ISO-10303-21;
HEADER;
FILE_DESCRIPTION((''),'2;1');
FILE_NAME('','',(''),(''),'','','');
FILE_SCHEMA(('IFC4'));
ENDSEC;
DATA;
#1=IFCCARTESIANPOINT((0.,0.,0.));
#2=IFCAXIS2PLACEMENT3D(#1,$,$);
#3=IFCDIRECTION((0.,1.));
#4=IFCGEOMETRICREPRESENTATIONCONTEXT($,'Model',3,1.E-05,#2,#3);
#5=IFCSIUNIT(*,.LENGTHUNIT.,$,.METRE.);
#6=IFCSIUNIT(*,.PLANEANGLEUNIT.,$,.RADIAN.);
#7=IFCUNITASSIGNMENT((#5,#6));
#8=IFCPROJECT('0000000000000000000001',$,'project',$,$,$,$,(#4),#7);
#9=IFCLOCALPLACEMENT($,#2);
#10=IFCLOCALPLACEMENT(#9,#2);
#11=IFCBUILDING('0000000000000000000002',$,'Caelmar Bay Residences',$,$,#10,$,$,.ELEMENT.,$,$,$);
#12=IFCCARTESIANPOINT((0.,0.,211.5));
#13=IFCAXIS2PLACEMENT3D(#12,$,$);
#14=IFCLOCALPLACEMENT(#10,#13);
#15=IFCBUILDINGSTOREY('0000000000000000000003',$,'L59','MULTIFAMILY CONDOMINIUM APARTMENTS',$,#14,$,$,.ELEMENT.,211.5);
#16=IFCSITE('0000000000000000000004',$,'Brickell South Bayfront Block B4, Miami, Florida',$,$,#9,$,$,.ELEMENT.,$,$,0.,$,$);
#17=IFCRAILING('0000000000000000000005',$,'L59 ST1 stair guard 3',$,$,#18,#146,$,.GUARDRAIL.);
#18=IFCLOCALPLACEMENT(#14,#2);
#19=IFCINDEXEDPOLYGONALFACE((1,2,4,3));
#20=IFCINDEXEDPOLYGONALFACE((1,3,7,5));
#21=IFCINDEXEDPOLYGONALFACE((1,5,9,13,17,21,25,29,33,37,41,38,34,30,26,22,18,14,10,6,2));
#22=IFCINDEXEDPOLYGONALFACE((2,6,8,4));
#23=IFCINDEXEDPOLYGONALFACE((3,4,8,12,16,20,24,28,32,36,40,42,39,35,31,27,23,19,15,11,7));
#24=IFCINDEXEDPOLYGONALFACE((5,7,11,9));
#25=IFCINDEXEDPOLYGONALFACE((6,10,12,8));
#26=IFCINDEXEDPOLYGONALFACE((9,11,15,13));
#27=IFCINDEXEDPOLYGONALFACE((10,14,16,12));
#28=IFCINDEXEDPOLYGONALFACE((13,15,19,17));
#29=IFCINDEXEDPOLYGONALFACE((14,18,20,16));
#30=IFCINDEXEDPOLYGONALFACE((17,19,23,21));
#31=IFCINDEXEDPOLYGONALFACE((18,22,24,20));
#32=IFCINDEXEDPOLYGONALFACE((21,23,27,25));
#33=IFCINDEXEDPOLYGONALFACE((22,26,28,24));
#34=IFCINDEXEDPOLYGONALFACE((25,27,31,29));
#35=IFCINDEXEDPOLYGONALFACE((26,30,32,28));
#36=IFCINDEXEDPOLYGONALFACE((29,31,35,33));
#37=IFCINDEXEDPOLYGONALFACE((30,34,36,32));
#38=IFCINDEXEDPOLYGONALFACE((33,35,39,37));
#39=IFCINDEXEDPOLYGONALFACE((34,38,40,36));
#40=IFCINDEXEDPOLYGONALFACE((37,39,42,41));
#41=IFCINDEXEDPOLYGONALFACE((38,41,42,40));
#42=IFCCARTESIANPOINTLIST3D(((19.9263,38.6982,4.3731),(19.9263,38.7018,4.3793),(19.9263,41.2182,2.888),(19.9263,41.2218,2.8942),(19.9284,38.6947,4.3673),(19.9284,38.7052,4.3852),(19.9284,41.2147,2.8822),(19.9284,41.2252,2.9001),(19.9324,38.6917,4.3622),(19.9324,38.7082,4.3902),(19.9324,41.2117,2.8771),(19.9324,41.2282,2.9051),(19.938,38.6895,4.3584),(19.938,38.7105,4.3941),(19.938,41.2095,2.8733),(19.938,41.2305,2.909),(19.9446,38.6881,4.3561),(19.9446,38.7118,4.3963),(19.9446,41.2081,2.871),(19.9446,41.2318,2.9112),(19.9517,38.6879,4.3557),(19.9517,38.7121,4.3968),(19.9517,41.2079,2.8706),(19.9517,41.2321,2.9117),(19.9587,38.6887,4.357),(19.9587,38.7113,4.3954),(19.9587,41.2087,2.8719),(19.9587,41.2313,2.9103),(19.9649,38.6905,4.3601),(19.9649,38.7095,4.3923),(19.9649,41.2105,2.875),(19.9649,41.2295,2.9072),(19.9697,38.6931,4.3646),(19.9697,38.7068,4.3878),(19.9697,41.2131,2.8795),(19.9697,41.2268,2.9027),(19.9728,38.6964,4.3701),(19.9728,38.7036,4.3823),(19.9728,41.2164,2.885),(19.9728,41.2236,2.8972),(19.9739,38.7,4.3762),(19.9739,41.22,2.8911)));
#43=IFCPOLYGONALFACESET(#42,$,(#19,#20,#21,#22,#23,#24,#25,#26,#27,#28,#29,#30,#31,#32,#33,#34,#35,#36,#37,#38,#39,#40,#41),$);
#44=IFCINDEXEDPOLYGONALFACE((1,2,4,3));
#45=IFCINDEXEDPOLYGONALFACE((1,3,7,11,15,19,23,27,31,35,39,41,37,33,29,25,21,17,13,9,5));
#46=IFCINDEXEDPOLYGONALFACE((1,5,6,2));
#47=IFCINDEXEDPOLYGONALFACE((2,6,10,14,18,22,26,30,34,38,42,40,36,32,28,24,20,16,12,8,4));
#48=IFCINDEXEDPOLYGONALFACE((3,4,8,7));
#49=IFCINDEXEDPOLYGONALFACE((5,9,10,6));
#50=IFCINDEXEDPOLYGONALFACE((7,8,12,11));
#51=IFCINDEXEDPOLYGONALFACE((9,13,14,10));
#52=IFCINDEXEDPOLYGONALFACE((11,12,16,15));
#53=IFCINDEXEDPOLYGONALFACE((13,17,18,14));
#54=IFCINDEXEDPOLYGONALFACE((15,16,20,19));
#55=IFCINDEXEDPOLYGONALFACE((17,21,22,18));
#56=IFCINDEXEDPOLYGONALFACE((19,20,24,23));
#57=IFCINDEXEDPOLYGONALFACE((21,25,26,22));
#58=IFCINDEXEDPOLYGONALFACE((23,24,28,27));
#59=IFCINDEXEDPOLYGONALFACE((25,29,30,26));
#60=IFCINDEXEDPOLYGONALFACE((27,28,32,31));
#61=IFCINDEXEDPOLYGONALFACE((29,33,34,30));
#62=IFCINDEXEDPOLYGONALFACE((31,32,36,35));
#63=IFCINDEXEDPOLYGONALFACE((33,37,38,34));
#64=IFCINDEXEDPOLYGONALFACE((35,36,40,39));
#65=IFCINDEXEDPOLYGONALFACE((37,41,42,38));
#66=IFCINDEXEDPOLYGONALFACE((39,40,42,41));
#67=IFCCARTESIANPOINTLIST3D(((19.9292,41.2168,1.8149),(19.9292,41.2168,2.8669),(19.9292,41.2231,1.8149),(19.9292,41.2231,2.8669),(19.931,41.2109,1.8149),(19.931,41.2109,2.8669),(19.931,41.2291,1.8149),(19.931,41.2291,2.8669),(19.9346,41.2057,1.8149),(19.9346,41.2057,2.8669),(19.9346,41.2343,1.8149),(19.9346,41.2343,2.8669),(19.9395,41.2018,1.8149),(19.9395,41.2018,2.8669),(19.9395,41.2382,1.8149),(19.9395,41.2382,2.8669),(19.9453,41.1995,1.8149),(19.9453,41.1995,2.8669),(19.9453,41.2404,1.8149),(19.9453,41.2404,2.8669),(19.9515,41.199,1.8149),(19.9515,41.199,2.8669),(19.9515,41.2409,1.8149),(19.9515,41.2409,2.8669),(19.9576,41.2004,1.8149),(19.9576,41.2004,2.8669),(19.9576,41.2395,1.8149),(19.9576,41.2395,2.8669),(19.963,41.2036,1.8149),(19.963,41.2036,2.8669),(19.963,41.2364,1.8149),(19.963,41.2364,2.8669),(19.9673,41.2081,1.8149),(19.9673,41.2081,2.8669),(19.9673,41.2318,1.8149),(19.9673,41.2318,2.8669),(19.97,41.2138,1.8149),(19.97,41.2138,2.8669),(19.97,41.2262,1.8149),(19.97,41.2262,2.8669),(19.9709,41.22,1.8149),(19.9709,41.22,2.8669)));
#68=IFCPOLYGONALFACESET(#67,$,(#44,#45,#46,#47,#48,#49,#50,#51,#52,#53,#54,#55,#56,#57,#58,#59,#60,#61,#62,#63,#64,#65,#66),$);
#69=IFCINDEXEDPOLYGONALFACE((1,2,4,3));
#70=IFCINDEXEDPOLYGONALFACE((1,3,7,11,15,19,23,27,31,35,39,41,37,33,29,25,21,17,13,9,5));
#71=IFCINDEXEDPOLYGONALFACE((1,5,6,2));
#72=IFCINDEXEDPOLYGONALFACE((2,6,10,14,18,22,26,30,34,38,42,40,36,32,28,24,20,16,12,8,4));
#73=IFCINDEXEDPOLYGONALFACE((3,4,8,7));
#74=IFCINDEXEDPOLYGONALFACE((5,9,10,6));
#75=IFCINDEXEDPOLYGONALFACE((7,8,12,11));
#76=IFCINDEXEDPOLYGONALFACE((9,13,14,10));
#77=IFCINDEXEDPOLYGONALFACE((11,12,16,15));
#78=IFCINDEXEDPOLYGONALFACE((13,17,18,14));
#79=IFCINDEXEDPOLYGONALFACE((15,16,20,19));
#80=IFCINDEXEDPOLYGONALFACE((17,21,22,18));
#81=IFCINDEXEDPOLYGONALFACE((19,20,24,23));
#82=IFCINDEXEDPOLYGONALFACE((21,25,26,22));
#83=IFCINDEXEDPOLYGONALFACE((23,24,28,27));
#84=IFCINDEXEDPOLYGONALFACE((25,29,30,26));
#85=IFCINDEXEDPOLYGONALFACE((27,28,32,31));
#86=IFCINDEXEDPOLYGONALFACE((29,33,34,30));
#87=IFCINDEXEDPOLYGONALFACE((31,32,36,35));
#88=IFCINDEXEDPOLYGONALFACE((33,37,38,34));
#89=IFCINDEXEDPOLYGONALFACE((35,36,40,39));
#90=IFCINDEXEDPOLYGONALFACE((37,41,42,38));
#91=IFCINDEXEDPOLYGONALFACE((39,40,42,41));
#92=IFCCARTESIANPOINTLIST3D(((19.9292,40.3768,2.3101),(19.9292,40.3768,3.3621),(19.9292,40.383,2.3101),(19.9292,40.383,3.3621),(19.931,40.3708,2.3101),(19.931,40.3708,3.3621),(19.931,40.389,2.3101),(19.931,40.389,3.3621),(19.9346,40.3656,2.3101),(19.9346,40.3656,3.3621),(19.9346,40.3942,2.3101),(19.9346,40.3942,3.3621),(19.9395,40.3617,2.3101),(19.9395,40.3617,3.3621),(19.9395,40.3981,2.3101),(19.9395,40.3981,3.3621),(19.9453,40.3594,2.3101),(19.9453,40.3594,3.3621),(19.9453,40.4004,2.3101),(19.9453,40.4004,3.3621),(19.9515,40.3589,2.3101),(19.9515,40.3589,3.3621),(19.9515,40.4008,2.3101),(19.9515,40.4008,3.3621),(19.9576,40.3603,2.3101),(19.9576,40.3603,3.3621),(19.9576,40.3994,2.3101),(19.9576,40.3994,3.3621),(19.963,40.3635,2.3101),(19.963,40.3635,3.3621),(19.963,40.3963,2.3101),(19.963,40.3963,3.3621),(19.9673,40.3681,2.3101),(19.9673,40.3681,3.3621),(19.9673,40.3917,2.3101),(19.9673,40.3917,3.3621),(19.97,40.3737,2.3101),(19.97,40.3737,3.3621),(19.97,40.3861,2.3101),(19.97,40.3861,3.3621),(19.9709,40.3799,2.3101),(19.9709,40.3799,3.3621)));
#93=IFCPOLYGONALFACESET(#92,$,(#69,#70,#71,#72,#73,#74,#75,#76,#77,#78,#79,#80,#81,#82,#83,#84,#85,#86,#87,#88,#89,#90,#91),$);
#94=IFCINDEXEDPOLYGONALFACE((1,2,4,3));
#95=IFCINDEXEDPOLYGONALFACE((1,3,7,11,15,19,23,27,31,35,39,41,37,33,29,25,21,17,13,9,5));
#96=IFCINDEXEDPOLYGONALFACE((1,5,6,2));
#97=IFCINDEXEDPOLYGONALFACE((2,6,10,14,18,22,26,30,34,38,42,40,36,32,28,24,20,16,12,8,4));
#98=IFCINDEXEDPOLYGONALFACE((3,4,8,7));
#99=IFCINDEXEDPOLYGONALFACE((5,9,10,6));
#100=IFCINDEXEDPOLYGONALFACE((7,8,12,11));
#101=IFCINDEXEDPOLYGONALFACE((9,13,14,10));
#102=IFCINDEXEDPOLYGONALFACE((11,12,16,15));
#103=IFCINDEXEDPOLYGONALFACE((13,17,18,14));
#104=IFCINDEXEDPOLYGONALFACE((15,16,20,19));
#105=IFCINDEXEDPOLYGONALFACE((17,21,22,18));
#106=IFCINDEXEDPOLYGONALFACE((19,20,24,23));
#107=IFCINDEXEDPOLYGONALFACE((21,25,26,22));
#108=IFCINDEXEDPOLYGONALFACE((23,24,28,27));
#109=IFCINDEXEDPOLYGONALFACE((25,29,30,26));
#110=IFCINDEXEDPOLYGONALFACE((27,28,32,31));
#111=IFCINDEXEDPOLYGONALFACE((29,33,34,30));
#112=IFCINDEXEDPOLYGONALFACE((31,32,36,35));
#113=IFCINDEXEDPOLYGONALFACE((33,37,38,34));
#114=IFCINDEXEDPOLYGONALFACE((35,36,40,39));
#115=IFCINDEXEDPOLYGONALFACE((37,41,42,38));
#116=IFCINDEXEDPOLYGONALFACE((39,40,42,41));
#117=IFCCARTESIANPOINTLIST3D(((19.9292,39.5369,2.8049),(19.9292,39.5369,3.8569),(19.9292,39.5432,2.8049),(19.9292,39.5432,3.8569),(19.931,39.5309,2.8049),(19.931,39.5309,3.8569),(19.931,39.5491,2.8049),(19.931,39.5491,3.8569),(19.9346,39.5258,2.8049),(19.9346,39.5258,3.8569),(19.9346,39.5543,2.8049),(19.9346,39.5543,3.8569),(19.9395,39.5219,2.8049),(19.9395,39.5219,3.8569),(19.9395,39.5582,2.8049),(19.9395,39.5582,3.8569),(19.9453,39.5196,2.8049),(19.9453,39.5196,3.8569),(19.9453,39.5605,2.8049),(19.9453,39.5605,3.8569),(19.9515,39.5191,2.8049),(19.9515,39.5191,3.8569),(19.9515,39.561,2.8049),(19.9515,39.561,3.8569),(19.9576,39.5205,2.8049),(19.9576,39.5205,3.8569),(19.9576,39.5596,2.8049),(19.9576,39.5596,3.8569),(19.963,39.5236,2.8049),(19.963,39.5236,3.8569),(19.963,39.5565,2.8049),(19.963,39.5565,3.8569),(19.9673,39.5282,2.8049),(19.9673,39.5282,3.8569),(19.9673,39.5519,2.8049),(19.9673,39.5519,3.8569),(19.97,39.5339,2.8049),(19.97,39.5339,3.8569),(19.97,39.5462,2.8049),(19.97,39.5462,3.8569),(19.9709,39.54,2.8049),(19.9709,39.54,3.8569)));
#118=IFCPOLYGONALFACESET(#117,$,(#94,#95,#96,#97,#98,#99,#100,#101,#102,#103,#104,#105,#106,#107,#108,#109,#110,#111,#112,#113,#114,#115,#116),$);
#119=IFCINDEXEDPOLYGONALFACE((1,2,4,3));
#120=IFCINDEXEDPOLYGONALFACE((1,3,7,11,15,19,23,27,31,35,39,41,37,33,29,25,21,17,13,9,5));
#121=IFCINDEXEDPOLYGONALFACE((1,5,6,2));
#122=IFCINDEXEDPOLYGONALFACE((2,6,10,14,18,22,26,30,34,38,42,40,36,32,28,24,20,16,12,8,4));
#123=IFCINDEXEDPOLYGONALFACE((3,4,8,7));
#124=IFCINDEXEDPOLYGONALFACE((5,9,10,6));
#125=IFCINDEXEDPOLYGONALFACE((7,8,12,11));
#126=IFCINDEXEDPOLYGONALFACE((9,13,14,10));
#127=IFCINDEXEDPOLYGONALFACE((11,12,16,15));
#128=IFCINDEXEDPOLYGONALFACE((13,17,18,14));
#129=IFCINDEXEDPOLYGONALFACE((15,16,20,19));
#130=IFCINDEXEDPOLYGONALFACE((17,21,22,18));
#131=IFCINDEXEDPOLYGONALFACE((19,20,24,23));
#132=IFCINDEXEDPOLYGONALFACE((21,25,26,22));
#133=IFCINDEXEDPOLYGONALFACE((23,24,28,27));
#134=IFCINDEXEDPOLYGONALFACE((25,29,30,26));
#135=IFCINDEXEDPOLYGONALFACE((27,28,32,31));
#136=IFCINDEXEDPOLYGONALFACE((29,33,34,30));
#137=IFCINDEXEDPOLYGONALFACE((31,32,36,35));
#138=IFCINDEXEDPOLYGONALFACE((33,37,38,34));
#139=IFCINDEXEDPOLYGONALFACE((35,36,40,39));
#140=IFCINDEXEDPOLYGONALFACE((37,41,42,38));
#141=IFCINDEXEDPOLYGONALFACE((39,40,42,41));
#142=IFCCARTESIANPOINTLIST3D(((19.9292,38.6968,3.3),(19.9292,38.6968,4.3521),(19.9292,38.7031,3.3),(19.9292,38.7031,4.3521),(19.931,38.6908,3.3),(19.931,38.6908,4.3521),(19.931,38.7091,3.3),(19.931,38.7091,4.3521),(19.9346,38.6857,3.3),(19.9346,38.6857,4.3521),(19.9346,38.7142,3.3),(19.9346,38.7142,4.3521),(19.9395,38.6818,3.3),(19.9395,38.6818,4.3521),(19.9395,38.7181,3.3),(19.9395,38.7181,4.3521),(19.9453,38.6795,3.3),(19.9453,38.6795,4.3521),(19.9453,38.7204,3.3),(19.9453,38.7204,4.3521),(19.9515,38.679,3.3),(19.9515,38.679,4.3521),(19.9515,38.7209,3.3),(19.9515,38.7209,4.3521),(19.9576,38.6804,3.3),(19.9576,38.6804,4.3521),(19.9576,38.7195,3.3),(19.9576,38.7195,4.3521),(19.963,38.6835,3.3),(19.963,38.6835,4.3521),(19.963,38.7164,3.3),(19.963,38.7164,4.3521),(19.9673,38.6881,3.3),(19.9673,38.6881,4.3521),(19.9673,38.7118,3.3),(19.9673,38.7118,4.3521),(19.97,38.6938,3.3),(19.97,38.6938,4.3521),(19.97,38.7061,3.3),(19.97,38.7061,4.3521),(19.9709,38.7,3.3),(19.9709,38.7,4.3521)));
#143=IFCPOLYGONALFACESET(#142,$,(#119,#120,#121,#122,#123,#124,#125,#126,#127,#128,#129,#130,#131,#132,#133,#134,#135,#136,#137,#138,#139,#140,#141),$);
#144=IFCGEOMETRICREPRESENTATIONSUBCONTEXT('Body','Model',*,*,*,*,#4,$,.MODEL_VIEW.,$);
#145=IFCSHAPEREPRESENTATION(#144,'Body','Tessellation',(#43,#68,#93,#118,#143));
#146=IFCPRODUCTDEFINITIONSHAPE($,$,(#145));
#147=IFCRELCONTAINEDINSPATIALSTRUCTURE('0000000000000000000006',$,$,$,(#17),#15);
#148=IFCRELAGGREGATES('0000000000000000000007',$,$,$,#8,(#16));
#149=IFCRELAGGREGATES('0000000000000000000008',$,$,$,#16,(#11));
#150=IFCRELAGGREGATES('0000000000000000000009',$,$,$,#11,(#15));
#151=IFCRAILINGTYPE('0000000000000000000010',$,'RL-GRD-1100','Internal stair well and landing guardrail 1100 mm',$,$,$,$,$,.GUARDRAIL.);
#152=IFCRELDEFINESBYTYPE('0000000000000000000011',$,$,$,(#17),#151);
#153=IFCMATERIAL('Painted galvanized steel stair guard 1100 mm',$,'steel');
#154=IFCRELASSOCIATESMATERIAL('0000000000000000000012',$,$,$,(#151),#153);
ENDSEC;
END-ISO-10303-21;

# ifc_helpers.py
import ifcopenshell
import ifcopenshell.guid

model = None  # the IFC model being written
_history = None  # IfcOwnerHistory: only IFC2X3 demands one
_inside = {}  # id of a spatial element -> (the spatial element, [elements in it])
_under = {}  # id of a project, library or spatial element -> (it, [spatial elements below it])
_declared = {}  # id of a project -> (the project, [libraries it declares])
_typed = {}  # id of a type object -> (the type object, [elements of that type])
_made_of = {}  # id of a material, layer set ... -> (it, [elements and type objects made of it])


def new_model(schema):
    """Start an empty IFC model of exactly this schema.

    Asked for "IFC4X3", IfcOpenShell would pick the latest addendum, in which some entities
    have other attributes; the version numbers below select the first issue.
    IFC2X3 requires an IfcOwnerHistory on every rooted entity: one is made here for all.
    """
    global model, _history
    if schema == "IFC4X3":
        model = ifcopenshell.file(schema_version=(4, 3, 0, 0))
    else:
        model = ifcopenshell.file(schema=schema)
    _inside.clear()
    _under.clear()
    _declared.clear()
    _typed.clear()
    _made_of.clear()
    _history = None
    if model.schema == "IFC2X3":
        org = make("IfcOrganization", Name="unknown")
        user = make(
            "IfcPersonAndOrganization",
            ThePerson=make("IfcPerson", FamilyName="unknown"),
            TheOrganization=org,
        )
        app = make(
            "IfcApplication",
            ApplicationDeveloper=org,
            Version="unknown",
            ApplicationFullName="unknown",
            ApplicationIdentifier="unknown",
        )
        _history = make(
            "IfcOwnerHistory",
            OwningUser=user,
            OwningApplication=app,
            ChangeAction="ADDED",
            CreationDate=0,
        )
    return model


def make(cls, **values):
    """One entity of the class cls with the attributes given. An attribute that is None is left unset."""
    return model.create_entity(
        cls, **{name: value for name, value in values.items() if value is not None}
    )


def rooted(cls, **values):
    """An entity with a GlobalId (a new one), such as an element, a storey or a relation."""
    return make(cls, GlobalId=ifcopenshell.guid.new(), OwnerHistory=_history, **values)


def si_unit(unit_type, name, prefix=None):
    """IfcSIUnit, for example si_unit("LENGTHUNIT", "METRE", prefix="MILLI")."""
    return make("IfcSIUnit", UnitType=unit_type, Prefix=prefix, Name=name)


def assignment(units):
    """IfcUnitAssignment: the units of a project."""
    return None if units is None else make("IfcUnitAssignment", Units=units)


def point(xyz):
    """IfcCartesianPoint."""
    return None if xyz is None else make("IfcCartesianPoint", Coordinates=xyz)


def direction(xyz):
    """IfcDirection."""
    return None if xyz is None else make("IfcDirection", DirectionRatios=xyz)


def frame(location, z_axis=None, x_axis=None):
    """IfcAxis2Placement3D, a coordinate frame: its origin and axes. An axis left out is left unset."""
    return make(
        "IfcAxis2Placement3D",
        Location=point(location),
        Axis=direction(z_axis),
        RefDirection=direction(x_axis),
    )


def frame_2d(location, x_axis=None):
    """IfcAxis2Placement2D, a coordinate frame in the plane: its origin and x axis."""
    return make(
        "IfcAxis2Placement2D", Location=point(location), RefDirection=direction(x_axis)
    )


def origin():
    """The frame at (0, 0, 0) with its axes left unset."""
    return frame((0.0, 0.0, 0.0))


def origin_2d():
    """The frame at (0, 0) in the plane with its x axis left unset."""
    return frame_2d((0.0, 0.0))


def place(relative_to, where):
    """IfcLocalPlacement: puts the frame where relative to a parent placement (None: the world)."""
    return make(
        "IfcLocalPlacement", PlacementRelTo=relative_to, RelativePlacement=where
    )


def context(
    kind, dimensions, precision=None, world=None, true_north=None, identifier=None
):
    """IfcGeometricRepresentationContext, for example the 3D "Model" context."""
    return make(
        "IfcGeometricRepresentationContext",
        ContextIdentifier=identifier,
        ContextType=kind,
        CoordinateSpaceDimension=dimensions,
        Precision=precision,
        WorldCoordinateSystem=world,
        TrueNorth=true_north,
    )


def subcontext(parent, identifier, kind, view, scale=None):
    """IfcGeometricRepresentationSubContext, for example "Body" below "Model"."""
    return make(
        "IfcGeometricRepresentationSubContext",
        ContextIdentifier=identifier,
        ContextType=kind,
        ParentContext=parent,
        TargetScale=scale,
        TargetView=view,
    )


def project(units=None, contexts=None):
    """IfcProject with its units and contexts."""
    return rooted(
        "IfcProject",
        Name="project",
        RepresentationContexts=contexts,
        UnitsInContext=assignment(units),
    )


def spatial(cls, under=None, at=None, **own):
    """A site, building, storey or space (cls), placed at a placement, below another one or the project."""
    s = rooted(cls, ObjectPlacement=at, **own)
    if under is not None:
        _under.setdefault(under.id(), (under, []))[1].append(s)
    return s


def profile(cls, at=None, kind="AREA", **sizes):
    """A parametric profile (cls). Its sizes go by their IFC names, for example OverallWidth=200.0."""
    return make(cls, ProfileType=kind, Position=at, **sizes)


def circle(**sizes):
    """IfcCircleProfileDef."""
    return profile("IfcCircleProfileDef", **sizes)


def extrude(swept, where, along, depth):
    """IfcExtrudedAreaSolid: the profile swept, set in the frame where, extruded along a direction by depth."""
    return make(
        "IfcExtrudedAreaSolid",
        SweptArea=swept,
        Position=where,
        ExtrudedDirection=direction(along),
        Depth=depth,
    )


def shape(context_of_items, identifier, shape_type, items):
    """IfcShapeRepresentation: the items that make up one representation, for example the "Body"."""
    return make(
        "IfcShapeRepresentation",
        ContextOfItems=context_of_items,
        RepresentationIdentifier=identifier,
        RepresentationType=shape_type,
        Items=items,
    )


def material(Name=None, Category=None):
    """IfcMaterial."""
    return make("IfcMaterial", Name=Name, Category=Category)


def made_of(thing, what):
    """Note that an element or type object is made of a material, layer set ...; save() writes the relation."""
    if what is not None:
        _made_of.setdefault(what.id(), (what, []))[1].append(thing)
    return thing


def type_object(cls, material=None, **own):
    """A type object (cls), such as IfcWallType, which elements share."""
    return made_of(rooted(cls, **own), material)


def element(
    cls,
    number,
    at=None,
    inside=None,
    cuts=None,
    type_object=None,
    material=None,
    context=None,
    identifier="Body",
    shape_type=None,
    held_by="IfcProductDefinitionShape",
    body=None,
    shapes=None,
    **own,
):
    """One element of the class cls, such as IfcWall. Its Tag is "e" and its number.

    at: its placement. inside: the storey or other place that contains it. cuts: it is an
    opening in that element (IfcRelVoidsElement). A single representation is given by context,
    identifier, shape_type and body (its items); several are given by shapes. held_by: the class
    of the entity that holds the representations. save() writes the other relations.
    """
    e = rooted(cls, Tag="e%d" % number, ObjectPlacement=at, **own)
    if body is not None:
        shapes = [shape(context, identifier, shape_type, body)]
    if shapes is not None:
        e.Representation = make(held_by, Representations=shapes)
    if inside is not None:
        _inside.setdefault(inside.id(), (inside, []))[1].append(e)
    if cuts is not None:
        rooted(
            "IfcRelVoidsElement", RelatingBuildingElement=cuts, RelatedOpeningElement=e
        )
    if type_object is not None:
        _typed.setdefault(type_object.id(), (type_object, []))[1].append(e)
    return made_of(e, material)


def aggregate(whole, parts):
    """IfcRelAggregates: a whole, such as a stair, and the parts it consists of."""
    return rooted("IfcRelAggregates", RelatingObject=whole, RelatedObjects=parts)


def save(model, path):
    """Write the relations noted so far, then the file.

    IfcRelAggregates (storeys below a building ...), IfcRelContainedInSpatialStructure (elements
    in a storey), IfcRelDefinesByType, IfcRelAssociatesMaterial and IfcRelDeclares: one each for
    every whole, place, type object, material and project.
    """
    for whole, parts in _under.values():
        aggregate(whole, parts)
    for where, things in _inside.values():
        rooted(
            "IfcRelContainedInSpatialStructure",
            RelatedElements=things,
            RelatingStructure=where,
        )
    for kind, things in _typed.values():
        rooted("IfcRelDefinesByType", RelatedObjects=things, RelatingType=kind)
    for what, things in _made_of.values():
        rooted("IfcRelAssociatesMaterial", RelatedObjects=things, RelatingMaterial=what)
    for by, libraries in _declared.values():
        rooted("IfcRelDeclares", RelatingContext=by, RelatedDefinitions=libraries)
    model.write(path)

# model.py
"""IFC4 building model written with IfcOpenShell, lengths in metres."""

from ifc_helpers import new_model, si_unit, direction, frame, origin, origin_2d, place, context, subcontext, project, spatial, circle, extrude, material, type_object, element, save


model = new_model("IFC4")

# Units and contexts
model_context = context("Model", 3, precision=1e-05, world=origin(), true_north=direction((0.0, 1.0)))
body_context = subcontext(model_context, "Body", "Model", "MODEL_VIEW")
ifc_project = project(units=[si_unit("LENGTHUNIT", "METRE"), si_unit("PLANEANGLEUNIT", "RADIAN")], contexts=[model_context])

# Site, building, storey
site_placement = place(None, origin())
site = spatial("IfcSite", under=ifc_project, at=site_placement, Name="Brickell South Bayfront Block B4, Miami, Florida", CompositionType="ELEMENT", RefElevation=0.0)
building_placement = place(site_placement, origin())
building = spatial("IfcBuilding", under=site, at=building_placement, Name="Caelmar Bay Residences", CompositionType="ELEMENT")
storey_placement = place(building_placement, frame((0.0, 0.0, 211.5)))
storey = spatial("IfcBuildingStorey", under=building, at=storey_placement, Name="L59", Description="MULTIFAMILY CONDOMINIUM APARTMENTS", CompositionType="ELEMENT", Elevation=211.5)

# Railing
ifc_material_1 = material(Name="Painted galvanized steel stair guard 1100 mm", Category="steel")
railing_type_1 = type_object("IfcRailingType", Name="RL-GRD-1100", Description="Internal stair well and landing guardrail 1100 mm", PredefinedType="GUARDRAIL", material=ifc_material_1)
railing_1_placement = place(storey_placement, frame((19.95, 41.22, 1.8149)))
element("IfcRailing", 1, at=railing_1_placement, inside=storey, type_object=railing_type_1, Name="L59 ST1 stair guard 3", PredefinedType="GUARDRAIL", context=body_context, shape_type="SweptSolid", body=[
    extrude(circle(Radius=0.0239, at=origin_2d()), frame((0.0, 0.0, 1.0762), z_axis=(0.0, -0.861524, 0.507717), x_axis=(1.0, 0.0, 0.0)), (0.0, 0.0, 1.0), 2.925),
    extrude(circle(Radius=0.021, at=origin_2d()), origin(), (0.0, 0.0, 1.0), 1.052),
    extrude(circle(Radius=0.021, at=origin_2d()), frame((0.0, -0.8401, 0.4951)), (0.0, 0.0, 1.0), 1.052),
    extrude(circle(Radius=0.021, at=origin_2d()), frame((0.0, -1.6799, 0.99)), (0.0, 0.0, 1.0), 1.052),
    extrude(circle(Radius=0.021, at=origin_2d()), frame((0.0, -2.52, 1.4851)), (0.0, 0.0, 1.0), 1.052),
])

save(model, "model.ifc")
